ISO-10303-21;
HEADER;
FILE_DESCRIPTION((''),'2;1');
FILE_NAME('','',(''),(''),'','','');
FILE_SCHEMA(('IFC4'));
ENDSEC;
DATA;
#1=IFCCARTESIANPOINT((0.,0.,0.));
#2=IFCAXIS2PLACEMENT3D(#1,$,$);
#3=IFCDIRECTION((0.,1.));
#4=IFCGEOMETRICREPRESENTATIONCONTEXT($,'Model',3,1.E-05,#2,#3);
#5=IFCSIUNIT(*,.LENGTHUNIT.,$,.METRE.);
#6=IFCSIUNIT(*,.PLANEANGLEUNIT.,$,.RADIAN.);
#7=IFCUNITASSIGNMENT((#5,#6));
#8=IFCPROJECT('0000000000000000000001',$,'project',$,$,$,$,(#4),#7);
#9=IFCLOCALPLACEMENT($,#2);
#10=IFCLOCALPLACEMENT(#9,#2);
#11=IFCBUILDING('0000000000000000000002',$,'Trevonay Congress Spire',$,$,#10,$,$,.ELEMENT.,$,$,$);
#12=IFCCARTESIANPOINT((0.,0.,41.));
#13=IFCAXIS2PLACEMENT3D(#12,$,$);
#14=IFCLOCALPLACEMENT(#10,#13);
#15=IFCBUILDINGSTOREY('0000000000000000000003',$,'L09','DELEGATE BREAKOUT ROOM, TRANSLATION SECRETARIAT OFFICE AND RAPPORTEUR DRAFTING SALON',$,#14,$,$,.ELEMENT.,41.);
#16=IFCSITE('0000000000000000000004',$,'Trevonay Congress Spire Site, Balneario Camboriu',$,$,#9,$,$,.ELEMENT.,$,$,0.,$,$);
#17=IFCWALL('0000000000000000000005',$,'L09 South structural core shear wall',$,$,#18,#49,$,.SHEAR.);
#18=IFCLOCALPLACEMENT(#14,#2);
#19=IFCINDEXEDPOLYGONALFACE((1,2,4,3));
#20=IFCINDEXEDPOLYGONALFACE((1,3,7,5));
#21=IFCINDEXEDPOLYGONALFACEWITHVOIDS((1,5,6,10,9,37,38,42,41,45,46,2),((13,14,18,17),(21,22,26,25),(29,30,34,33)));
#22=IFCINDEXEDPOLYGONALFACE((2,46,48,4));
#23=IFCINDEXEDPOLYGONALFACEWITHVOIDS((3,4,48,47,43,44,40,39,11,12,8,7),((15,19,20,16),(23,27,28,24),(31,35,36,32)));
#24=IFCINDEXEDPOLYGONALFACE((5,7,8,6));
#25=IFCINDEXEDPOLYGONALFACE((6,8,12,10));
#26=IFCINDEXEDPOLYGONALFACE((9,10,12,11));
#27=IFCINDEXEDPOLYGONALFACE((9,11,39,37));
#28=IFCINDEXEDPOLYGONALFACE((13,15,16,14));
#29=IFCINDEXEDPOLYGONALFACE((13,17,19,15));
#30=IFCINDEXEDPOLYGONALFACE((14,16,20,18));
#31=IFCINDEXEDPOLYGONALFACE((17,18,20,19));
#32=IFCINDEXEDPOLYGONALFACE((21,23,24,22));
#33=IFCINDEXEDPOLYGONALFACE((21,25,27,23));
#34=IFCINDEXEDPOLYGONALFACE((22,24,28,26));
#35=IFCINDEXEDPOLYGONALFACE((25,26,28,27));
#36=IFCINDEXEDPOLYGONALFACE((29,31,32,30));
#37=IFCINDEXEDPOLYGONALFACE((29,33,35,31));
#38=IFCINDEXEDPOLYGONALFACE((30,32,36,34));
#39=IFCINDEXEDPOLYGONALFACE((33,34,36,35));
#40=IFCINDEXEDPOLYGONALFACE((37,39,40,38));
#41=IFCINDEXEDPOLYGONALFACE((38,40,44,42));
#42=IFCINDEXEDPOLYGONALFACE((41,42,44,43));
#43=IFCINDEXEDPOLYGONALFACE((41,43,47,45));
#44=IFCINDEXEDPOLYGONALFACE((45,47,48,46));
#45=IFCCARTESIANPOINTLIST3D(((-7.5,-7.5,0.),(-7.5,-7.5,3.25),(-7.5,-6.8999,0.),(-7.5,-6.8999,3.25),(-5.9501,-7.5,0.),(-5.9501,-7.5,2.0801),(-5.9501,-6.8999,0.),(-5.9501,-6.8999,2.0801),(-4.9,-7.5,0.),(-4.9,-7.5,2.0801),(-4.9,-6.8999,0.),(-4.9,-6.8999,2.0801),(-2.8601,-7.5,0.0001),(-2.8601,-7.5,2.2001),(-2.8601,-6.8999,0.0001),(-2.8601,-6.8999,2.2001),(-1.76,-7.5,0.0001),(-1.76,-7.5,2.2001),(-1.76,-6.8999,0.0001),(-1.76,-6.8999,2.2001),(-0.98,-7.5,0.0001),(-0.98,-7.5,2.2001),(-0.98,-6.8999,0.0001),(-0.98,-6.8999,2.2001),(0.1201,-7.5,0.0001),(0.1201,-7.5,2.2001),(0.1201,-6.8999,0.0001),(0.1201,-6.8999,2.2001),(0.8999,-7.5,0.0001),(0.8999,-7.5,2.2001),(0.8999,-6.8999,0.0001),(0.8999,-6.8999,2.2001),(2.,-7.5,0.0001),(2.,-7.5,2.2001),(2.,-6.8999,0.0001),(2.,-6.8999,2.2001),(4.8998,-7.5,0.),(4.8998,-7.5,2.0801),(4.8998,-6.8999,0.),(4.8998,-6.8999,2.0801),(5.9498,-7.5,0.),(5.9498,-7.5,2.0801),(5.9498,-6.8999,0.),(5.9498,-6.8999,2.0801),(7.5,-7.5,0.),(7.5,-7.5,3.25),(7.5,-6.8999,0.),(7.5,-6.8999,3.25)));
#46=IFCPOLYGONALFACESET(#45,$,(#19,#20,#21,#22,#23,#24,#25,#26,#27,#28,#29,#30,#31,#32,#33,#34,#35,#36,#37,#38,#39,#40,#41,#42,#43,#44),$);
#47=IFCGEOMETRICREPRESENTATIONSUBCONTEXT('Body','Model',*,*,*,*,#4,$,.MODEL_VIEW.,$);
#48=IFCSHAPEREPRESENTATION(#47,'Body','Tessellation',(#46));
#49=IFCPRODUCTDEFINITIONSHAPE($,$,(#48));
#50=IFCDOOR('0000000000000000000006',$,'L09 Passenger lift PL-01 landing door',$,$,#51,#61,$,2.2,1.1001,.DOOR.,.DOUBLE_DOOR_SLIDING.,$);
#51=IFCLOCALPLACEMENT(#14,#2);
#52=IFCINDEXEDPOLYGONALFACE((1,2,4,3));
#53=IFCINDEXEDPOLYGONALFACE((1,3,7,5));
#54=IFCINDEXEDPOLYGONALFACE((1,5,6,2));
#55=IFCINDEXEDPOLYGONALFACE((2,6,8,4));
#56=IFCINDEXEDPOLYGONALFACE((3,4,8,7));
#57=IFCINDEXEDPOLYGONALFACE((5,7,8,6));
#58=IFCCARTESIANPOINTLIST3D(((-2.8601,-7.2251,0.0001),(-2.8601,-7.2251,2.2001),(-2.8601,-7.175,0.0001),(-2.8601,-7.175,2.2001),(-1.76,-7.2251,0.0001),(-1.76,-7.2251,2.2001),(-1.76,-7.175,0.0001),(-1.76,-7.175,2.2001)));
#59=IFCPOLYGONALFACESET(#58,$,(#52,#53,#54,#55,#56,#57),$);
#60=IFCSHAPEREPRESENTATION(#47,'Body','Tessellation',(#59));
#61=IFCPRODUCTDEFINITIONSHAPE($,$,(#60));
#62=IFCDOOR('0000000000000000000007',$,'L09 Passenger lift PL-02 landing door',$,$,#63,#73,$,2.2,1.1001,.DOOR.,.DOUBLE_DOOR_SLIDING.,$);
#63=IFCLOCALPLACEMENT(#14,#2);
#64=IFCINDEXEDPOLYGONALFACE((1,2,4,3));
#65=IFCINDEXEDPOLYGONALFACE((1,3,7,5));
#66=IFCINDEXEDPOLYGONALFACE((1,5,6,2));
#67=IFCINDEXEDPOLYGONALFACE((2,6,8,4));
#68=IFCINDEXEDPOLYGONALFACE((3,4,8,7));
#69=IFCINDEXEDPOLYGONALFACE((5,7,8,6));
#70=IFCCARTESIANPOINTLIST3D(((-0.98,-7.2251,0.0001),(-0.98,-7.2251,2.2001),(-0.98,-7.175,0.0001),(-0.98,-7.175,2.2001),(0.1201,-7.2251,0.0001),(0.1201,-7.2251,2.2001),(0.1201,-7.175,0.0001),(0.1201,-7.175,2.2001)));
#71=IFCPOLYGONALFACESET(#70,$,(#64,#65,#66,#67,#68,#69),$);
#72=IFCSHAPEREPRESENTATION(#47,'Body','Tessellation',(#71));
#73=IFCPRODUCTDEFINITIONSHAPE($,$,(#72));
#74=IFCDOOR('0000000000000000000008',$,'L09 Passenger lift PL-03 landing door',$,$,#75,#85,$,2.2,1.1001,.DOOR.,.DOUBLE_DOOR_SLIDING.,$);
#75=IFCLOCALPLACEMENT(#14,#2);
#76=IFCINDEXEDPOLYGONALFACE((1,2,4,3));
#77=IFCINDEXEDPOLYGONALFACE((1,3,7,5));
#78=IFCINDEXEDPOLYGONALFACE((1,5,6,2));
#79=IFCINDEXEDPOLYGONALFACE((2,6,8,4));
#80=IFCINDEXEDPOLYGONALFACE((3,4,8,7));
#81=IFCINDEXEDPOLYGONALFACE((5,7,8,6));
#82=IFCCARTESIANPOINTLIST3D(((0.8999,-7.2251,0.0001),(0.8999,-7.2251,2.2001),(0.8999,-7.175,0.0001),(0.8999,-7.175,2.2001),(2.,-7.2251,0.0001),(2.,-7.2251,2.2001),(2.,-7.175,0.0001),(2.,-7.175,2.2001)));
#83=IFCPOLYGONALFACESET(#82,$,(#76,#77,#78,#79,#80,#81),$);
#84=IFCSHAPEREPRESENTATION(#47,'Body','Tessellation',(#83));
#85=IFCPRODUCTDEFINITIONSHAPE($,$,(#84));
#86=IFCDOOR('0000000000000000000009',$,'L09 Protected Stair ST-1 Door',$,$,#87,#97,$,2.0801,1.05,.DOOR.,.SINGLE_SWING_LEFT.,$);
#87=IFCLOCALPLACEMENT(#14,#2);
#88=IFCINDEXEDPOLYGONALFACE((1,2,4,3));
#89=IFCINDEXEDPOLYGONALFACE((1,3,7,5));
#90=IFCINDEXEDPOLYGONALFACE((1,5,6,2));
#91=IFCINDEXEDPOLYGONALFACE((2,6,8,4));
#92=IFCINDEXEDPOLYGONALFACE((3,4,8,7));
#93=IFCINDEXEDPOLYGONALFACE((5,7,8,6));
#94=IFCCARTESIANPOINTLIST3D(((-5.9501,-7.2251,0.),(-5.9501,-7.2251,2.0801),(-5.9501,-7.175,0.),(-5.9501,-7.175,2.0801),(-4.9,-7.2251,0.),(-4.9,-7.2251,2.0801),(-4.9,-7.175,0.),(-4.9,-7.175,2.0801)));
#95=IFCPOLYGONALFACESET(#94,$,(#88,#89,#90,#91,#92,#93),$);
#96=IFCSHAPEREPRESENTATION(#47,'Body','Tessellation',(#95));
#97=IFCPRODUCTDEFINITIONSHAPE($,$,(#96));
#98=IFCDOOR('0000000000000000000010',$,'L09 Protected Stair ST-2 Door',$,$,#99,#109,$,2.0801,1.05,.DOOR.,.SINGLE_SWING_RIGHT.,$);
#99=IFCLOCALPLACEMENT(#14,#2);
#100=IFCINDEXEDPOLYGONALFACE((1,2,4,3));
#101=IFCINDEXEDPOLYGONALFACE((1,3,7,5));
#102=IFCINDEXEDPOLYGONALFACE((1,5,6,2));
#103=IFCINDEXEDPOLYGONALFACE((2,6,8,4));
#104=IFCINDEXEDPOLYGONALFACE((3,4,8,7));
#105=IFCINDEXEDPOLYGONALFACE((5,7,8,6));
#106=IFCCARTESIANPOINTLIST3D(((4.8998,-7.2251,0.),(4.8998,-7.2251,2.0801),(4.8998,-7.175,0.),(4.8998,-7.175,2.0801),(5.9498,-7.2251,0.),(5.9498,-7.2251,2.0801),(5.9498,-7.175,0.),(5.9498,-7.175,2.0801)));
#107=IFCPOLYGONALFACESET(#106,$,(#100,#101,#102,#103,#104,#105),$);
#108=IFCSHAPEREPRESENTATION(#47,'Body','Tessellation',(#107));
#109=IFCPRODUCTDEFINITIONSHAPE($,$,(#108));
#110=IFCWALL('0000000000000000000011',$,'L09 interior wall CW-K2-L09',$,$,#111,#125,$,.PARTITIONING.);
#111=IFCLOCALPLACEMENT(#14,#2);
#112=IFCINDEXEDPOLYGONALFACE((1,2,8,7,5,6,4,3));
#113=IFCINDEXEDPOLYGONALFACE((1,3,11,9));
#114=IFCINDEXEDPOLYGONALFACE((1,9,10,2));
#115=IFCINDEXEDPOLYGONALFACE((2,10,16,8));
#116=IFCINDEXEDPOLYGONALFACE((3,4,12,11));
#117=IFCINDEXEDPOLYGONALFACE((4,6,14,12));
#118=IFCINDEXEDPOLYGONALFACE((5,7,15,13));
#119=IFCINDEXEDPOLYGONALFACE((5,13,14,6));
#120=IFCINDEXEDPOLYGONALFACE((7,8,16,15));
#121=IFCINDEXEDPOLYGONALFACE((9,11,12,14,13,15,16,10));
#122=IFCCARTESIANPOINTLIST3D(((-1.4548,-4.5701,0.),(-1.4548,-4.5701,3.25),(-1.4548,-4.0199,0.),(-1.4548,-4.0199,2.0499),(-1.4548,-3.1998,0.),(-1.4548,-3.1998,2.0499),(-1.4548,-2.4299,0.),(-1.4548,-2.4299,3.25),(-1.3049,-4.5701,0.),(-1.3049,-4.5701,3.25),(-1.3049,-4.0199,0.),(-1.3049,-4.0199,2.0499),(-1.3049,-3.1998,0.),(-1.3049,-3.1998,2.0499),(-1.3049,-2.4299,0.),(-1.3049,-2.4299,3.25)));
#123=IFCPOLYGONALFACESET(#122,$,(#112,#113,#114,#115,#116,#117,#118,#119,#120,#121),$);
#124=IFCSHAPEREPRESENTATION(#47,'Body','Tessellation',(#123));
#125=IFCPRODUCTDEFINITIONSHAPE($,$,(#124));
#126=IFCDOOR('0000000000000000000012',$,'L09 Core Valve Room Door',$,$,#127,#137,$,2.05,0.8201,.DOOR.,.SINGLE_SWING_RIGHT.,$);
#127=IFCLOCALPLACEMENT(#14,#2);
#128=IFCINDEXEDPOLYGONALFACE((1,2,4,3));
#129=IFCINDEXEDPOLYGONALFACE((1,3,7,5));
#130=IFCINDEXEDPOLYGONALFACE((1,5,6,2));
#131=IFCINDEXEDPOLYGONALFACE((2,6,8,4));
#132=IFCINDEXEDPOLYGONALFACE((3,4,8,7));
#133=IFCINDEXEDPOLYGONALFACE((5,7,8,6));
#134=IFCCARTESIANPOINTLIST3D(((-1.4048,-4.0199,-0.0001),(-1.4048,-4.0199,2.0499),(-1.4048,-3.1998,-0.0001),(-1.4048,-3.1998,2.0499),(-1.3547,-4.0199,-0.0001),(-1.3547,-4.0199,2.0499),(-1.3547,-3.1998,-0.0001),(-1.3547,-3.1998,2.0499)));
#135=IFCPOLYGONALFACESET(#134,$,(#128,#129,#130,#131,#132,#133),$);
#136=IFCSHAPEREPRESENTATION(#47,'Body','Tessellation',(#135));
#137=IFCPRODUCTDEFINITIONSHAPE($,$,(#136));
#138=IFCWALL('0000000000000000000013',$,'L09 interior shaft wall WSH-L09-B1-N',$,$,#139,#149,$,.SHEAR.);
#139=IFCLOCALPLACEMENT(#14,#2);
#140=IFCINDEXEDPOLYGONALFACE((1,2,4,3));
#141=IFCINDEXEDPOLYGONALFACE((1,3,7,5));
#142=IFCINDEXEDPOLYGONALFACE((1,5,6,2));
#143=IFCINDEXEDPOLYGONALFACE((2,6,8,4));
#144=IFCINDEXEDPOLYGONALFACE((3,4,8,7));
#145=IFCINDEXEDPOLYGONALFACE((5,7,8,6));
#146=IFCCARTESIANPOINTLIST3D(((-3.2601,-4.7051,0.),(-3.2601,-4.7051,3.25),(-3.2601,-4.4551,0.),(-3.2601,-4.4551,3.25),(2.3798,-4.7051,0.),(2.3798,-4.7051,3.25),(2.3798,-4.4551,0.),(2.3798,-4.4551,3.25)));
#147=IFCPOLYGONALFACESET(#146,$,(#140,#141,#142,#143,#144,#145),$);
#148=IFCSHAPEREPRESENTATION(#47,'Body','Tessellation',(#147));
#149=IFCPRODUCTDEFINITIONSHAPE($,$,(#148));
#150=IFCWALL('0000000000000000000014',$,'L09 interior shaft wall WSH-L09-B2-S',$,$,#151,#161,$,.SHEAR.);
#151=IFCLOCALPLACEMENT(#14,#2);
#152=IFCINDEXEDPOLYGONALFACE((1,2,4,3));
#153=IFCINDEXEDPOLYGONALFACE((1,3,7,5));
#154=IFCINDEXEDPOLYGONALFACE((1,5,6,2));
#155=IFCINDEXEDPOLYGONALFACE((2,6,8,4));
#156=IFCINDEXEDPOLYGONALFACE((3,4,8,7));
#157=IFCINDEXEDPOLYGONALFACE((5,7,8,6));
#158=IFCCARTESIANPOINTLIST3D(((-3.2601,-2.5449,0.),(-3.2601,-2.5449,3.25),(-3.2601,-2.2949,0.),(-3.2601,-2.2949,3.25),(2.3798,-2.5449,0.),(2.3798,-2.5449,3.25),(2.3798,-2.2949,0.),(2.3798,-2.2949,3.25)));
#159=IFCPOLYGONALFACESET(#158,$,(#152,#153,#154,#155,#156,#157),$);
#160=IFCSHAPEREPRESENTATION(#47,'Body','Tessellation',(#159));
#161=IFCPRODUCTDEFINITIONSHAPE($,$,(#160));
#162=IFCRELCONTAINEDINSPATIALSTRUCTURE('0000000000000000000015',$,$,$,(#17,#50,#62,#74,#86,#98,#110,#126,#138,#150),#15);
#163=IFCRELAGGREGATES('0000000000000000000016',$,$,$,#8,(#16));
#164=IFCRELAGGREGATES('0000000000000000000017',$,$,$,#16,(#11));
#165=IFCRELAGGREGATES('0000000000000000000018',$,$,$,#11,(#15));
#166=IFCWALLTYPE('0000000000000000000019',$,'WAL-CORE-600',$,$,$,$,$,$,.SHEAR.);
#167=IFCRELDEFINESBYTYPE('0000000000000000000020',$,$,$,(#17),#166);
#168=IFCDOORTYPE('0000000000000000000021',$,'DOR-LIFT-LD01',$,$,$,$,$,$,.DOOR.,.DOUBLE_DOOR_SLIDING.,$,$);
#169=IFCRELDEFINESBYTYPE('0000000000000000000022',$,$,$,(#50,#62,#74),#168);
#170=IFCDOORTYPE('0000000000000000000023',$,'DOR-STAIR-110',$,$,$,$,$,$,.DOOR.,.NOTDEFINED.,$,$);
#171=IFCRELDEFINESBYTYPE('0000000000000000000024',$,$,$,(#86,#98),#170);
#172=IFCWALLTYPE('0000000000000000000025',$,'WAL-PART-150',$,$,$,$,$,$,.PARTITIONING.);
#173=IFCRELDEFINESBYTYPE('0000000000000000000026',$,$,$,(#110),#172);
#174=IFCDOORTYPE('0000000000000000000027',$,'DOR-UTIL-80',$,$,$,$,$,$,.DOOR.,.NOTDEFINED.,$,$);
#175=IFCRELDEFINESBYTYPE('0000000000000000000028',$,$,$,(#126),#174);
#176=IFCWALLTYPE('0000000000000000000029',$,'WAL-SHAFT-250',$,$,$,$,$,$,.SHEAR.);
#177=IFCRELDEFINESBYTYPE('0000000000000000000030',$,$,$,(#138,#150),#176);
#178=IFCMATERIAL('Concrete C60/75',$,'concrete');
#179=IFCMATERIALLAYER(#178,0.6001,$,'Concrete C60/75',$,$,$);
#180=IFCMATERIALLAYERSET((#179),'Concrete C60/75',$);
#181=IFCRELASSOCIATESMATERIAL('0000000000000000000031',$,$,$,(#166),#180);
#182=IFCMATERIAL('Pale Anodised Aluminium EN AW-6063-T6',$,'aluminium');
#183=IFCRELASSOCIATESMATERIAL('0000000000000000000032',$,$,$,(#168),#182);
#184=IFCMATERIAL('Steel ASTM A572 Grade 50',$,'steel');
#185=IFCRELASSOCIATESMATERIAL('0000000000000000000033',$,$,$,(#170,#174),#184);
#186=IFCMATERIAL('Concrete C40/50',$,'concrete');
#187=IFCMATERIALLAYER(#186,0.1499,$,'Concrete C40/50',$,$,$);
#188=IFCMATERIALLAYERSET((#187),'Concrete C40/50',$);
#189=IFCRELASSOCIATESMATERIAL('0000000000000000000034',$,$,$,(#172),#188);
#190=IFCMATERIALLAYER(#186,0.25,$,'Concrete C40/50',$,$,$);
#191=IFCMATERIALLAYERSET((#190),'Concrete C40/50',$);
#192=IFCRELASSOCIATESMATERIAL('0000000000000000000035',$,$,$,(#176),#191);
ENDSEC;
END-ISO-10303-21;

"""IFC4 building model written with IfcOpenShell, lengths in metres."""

from ifc_helpers import new_model, si_unit, direction, frame, frame_2d, origin, place, context, subcontext, project, spatial, rectangle, extrude, material, layer, layer_set, type_object, element, fill, save


model = new_model("IFC4")

# Units and contexts
model_context = context("Model", 3, precision=1e-05, world=origin(), true_north=direction((0.0, 1.0)))
body_context = subcontext(model_context, "Body", "Model", "MODEL_VIEW")
ifc_project = project(units=[si_unit("LENGTHUNIT", "METRE"), si_unit("PLANEANGLEUNIT", "RADIAN")], contexts=[model_context])

# Site, building, storey
site_placement = place(None, origin())
site = spatial("IfcSite", under=ifc_project, at=site_placement, Name="Trevonay Congress Spire Site, Balneario Camboriu", CompositionType="ELEMENT", RefElevation=0.0)
building_placement = place(site_placement, origin())
building = spatial("IfcBuilding", under=site, at=building_placement, Name="Trevonay Congress Spire", CompositionType="ELEMENT")
storey_placement = place(building_placement, frame((0.0, 0.0, 41.0)))
storey = spatial("IfcBuildingStorey", under=building, at=storey_placement, Name="L09", Description="DELEGATE BREAKOUT ROOM, TRANSLATION SECRETARIAT OFFICE AND RAPPORTEUR DRAFTING SALON", CompositionType="ELEMENT", Elevation=41.0)

# Shared definitions
ifc_material_1 = material(Name="Steel ASTM A572 Grade 50", Category="steel")

# Shared definitions
ifc_material_2 = material(Name="Concrete C40/50", Category="concrete")

# Wall, openings, doors
ifc_material_3 = material(Name="Concrete C60/75", Category="concrete")
ifc_layer_1 = layer(ifc_material_3, 0.6001, Name="Concrete C60/75")
ifc_layer_set_1 = layer_set([ifc_layer_1], Name="Concrete C60/75")
wall_type_1 = type_object("IfcWallType", Name="WAL-CORE-600", PredefinedType="SHEAR", material=ifc_layer_set_1)
wall_1_placement = place(storey_placement, frame((-7.5, -7.2, 0.0), z_axis=(0.0, 0.0, 1.0), x_axis=(1.0, 0.0, 0.0)))
wall_1 = element("IfcWall", 1, at=wall_1_placement, inside=storey, type_object=wall_type_1, Name="L09 South structural core shear wall", PredefinedType="SHEAR", context=body_context, shape_type="SweptSolid", body=[
    extrude(rectangle(XDim=15.0, YDim=0.6001, at=frame_2d((7.5, 0.0))), origin(), (0.0, 0.0, 1.0), 3.25),
])
opening_1_placement = place(wall_1_placement, frame((1.55, 0.0, 0.0)))
opening_1 = element("IfcOpeningElement", 2, at=opening_1_placement, cuts=wall_1, PredefinedType="OPENING", context=body_context, shape_type="SweptSolid", body=[
    extrude(rectangle(XDim=1.05, YDim=2.0801, at=frame_2d((0.5249, 1.04))), frame((0.0, 0.3101, 0.0), z_axis=(0.0, -1.0, 0.0), x_axis=(1.0, 0.0, 0.0)), (0.0, 0.0, 1.0), 0.6201),
])
opening_2_placement = place(wall_1_placement, frame((12.3999, 0.0, 0.0)))
opening_2 = element("IfcOpeningElement", 3, at=opening_2_placement, cuts=wall_1, PredefinedType="OPENING", context=body_context, shape_type="SweptSolid", body=[
    extrude(rectangle(XDim=1.05, YDim=2.0801, at=frame_2d((0.5249, 1.04))), frame((0.0, 0.3101, 0.0), z_axis=(0.0, -1.0, 0.0), x_axis=(1.0, 0.0, 0.0)), (0.0, 0.0, 1.0), 0.6201),
])
opening_3_placement = place(wall_1_placement, frame((4.6399, 0.0, 0.0)))
opening_3 = element("IfcOpeningElement", 4, at=opening_3_placement, cuts=wall_1, PredefinedType="OPENING", context=body_context, shape_type="SweptSolid", body=[
    extrude(rectangle(XDim=1.1001, YDim=2.2, at=frame_2d((0.55, 1.1001))), frame((0.0, 0.3101, 0.0), z_axis=(0.0, -1.0, 0.0), x_axis=(1.0, 0.0, 0.0)), (0.0, 0.0, 1.0), 0.6201),
])
opening_4_placement = place(wall_1_placement, frame((6.52, 0.0, 0.0)))
opening_4 = element("IfcOpeningElement", 5, at=opening_4_placement, cuts=wall_1, PredefinedType="OPENING", context=body_context, shape_type="SweptSolid", body=[
    extrude(rectangle(XDim=1.1001, YDim=2.2, at=frame_2d((0.55, 1.1001))), frame((0.0, 0.3101, 0.0), z_axis=(0.0, -1.0, 0.0), x_axis=(1.0, 0.0, 0.0)), (0.0, 0.0, 1.0), 0.6201),
])
opening_5_placement = place(wall_1_placement, frame((8.3999, 0.0, 0.0)))
opening_5 = element("IfcOpeningElement", 6, at=opening_5_placement, cuts=wall_1, PredefinedType="OPENING", context=body_context, shape_type="SweptSolid", body=[
    extrude(rectangle(XDim=1.1001, YDim=2.2, at=frame_2d((0.55, 1.1001))), frame((0.0, 0.3101, 0.0), z_axis=(0.0, -1.0, 0.0), x_axis=(1.0, 0.0, 0.0)), (0.0, 0.0, 1.0), 0.6201),
])
ifc_material_4 = material(Name="Pale Anodised Aluminium EN AW-6063-T6", Category="aluminium")
door_type_1 = type_object("IfcDoorType", Name="DOR-LIFT-LD01", OperationType="DOUBLE_DOOR_SLIDING", PredefinedType="DOOR", material=ifc_material_4)
door_1_placement = place(opening_3_placement, origin())
door_1 = element("IfcDoor", 7, at=door_1_placement, inside=storey, type_object=door_type_1, Name="L09 Passenger lift PL-01 landing door", OperationType="DOUBLE_DOOR_SLIDING", OverallHeight=2.2, OverallWidth=1.1001, PredefinedType="DOOR", context=body_context, shape_type="SweptSolid", body=[
    extrude(rectangle(XDim=1.1001, YDim=2.2, at=frame_2d((0.55, 1.1001))), frame((0.0, 0.0249, 0.0), z_axis=(0.0, -1.0, 0.0), x_axis=(1.0, 0.0, 0.0)), (0.0, 0.0, 1.0), 0.05),
])
fill(opening_3, door_1)
door_2_placement = place(opening_4_placement, origin())
door_2 = element("IfcDoor", 8, at=door_2_placement, inside=storey, type_object=door_type_1, Name="L09 Passenger lift PL-02 landing door", OperationType="DOUBLE_DOOR_SLIDING", OverallHeight=2.2, OverallWidth=1.1001, PredefinedType="DOOR", context=body_context, shape_type="SweptSolid", body=[
    extrude(rectangle(XDim=1.1001, YDim=2.2, at=frame_2d((0.55, 1.1001))), frame((0.0, 0.0249, 0.0), z_axis=(0.0, -1.0, 0.0), x_axis=(1.0, 0.0, 0.0)), (0.0, 0.0, 1.0), 0.05),
])
fill(opening_4, door_2)
door_3_placement = place(opening_5_placement, origin())
door_3 = element("IfcDoor", 9, at=door_3_placement, inside=storey, type_object=door_type_1, Name="L09 Passenger lift PL-03 landing door", OperationType="DOUBLE_DOOR_SLIDING", OverallHeight=2.2, OverallWidth=1.1001, PredefinedType="DOOR", context=body_context, shape_type="SweptSolid", body=[
    extrude(rectangle(XDim=1.1001, YDim=2.2, at=frame_2d((0.55, 1.1001))), frame((0.0, 0.0249, 0.0), z_axis=(0.0, -1.0, 0.0), x_axis=(1.0, 0.0, 0.0)), (0.0, 0.0, 1.0), 0.05),
])
fill(opening_5, door_3)
door_type_2 = type_object("IfcDoorType", Name="DOR-STAIR-110", OperationType="NOTDEFINED", PredefinedType="DOOR", material=ifc_material_1)
door_4_placement = place(opening_1_placement, origin())
door_4 = element("IfcDoor", 10, at=door_4_placement, inside=storey, type_object=door_type_2, Name="L09 Protected Stair ST-1 Door", OperationType="SINGLE_SWING_LEFT", OverallHeight=2.0801, OverallWidth=1.05, PredefinedType="DOOR", context=body_context, shape_type="SweptSolid", body=[
    extrude(rectangle(XDim=1.05, YDim=2.0801, at=frame_2d((0.5249, 1.04))), frame((0.0, 0.0249, 0.0), z_axis=(0.0, -1.0, 0.0), x_axis=(1.0, 0.0, 0.0)), (0.0, 0.0, 1.0), 0.05),
])
fill(opening_1, door_4)
door_5_placement = place(opening_2_placement, origin())
door_5 = element("IfcDoor", 11, at=door_5_placement, inside=storey, type_object=door_type_2, Name="L09 Protected Stair ST-2 Door", OperationType="SINGLE_SWING_RIGHT", OverallHeight=2.0801, OverallWidth=1.05, PredefinedType="DOOR", context=body_context, shape_type="SweptSolid", body=[
    extrude(rectangle(XDim=1.05, YDim=2.0801, at=frame_2d((0.5249, 1.04))), frame((0.0, 0.0249, 0.0), z_axis=(0.0, -1.0, 0.0), x_axis=(1.0, 0.0, 0.0)), (0.0, 0.0, 1.0), 0.05),
])
fill(opening_2, door_5)

# Wall, opening, door
ifc_layer_2 = layer(ifc_material_2, 0.1499, Name="Concrete C40/50")
ifc_layer_set_2 = layer_set([ifc_layer_2], Name="Concrete C40/50")
wall_type_2 = type_object("IfcWallType", Name="WAL-PART-150", PredefinedType="PARTITIONING", material=ifc_layer_set_2)
wall_2_placement = place(storey_placement, frame((-1.3799, -4.5701, 0.0), z_axis=(0.0, 0.0, 1.0), x_axis=(0.0, 1.0, 0.0)))
wall_2 = element("IfcWall", 12, at=wall_2_placement, inside=storey, type_object=wall_type_2, Name="L09 interior wall CW-K2-L09", PredefinedType="PARTITIONING", context=body_context, shape_type="SweptSolid", body=[
    extrude(rectangle(XDim=2.1401, YDim=0.1499, at=frame_2d((1.0701, 0.0))), origin(), (0.0, 0.0, 1.0), 3.25),
])
opening_6_placement = place(wall_2_placement, frame((0.55, 0.0, 0.0)))
opening_6 = element("IfcOpeningElement", 13, at=opening_6_placement, cuts=wall_2, PredefinedType="OPENING", context=body_context, shape_type="SweptSolid", body=[
    extrude(rectangle(XDim=0.8201, YDim=2.05, at=frame_2d((0.4102, 1.0249))), frame((0.0, 0.085, 0.0), z_axis=(0.0, -1.0, 0.0), x_axis=(1.0, 0.0, 0.0)), (0.0, 0.0, 1.0), 0.1699),
])
door_type_3 = type_object("IfcDoorType", Name="DOR-UTIL-80", OperationType="NOTDEFINED", PredefinedType="DOOR", material=ifc_material_1)
door_6_placement = place(opening_6_placement, origin())
door_6 = element("IfcDoor", 14, at=door_6_placement, inside=storey, type_object=door_type_3, Name="L09 Core Valve Room Door", OperationType="SINGLE_SWING_RIGHT", OverallHeight=2.05, OverallWidth=0.8201, PredefinedType="DOOR", context=body_context, shape_type="SweptSolid", body=[
    extrude(rectangle(XDim=0.8201, YDim=2.05, at=frame_2d((0.4102, 1.0249))), frame((0.0, 0.0249, 0.0), z_axis=(0.0, -1.0, 0.0), x_axis=(1.0, 0.0, 0.0)), (0.0, 0.0, 1.0), 0.05),
])
fill(opening_6, door_6)

# Walls
ifc_layer_3 = layer(ifc_material_2, 0.25, Name="Concrete C40/50")
ifc_layer_set_3 = layer_set([ifc_layer_3], Name="Concrete C40/50")
wall_type_3 = type_object("IfcWallType", Name="WAL-SHAFT-250", PredefinedType="SHEAR", material=ifc_layer_set_3)
for number, where, z_axis, x_axis, name in (
    (15, (-3.26, -4.5801, 0.0), (0.0, 0.0, 1.0), (1.0, 0.0, 0.0), "L09 interior shaft wall WSH-L09-B1-N"),
    (16, (-3.26, -2.4199, 0.0), (0.0, 0.0, 1.0), (1.0, 0.0, 0.0), "L09 interior shaft wall WSH-L09-B2-S"),
):
    element("IfcWall", number, at=place(storey_placement, frame(where, z_axis=z_axis, x_axis=x_axis)), inside=storey, type_object=wall_type_3, Name=name, PredefinedType="SHEAR", context=body_context, shape_type="SweptSolid", body=[
        extrude(rectangle(XDim=5.6399, YDim=0.25, at=frame_2d((2.8198, 0.0))), origin(), (0.0, 0.0, 1.0), 3.25),
    ])

save(model, "model.ifc")
